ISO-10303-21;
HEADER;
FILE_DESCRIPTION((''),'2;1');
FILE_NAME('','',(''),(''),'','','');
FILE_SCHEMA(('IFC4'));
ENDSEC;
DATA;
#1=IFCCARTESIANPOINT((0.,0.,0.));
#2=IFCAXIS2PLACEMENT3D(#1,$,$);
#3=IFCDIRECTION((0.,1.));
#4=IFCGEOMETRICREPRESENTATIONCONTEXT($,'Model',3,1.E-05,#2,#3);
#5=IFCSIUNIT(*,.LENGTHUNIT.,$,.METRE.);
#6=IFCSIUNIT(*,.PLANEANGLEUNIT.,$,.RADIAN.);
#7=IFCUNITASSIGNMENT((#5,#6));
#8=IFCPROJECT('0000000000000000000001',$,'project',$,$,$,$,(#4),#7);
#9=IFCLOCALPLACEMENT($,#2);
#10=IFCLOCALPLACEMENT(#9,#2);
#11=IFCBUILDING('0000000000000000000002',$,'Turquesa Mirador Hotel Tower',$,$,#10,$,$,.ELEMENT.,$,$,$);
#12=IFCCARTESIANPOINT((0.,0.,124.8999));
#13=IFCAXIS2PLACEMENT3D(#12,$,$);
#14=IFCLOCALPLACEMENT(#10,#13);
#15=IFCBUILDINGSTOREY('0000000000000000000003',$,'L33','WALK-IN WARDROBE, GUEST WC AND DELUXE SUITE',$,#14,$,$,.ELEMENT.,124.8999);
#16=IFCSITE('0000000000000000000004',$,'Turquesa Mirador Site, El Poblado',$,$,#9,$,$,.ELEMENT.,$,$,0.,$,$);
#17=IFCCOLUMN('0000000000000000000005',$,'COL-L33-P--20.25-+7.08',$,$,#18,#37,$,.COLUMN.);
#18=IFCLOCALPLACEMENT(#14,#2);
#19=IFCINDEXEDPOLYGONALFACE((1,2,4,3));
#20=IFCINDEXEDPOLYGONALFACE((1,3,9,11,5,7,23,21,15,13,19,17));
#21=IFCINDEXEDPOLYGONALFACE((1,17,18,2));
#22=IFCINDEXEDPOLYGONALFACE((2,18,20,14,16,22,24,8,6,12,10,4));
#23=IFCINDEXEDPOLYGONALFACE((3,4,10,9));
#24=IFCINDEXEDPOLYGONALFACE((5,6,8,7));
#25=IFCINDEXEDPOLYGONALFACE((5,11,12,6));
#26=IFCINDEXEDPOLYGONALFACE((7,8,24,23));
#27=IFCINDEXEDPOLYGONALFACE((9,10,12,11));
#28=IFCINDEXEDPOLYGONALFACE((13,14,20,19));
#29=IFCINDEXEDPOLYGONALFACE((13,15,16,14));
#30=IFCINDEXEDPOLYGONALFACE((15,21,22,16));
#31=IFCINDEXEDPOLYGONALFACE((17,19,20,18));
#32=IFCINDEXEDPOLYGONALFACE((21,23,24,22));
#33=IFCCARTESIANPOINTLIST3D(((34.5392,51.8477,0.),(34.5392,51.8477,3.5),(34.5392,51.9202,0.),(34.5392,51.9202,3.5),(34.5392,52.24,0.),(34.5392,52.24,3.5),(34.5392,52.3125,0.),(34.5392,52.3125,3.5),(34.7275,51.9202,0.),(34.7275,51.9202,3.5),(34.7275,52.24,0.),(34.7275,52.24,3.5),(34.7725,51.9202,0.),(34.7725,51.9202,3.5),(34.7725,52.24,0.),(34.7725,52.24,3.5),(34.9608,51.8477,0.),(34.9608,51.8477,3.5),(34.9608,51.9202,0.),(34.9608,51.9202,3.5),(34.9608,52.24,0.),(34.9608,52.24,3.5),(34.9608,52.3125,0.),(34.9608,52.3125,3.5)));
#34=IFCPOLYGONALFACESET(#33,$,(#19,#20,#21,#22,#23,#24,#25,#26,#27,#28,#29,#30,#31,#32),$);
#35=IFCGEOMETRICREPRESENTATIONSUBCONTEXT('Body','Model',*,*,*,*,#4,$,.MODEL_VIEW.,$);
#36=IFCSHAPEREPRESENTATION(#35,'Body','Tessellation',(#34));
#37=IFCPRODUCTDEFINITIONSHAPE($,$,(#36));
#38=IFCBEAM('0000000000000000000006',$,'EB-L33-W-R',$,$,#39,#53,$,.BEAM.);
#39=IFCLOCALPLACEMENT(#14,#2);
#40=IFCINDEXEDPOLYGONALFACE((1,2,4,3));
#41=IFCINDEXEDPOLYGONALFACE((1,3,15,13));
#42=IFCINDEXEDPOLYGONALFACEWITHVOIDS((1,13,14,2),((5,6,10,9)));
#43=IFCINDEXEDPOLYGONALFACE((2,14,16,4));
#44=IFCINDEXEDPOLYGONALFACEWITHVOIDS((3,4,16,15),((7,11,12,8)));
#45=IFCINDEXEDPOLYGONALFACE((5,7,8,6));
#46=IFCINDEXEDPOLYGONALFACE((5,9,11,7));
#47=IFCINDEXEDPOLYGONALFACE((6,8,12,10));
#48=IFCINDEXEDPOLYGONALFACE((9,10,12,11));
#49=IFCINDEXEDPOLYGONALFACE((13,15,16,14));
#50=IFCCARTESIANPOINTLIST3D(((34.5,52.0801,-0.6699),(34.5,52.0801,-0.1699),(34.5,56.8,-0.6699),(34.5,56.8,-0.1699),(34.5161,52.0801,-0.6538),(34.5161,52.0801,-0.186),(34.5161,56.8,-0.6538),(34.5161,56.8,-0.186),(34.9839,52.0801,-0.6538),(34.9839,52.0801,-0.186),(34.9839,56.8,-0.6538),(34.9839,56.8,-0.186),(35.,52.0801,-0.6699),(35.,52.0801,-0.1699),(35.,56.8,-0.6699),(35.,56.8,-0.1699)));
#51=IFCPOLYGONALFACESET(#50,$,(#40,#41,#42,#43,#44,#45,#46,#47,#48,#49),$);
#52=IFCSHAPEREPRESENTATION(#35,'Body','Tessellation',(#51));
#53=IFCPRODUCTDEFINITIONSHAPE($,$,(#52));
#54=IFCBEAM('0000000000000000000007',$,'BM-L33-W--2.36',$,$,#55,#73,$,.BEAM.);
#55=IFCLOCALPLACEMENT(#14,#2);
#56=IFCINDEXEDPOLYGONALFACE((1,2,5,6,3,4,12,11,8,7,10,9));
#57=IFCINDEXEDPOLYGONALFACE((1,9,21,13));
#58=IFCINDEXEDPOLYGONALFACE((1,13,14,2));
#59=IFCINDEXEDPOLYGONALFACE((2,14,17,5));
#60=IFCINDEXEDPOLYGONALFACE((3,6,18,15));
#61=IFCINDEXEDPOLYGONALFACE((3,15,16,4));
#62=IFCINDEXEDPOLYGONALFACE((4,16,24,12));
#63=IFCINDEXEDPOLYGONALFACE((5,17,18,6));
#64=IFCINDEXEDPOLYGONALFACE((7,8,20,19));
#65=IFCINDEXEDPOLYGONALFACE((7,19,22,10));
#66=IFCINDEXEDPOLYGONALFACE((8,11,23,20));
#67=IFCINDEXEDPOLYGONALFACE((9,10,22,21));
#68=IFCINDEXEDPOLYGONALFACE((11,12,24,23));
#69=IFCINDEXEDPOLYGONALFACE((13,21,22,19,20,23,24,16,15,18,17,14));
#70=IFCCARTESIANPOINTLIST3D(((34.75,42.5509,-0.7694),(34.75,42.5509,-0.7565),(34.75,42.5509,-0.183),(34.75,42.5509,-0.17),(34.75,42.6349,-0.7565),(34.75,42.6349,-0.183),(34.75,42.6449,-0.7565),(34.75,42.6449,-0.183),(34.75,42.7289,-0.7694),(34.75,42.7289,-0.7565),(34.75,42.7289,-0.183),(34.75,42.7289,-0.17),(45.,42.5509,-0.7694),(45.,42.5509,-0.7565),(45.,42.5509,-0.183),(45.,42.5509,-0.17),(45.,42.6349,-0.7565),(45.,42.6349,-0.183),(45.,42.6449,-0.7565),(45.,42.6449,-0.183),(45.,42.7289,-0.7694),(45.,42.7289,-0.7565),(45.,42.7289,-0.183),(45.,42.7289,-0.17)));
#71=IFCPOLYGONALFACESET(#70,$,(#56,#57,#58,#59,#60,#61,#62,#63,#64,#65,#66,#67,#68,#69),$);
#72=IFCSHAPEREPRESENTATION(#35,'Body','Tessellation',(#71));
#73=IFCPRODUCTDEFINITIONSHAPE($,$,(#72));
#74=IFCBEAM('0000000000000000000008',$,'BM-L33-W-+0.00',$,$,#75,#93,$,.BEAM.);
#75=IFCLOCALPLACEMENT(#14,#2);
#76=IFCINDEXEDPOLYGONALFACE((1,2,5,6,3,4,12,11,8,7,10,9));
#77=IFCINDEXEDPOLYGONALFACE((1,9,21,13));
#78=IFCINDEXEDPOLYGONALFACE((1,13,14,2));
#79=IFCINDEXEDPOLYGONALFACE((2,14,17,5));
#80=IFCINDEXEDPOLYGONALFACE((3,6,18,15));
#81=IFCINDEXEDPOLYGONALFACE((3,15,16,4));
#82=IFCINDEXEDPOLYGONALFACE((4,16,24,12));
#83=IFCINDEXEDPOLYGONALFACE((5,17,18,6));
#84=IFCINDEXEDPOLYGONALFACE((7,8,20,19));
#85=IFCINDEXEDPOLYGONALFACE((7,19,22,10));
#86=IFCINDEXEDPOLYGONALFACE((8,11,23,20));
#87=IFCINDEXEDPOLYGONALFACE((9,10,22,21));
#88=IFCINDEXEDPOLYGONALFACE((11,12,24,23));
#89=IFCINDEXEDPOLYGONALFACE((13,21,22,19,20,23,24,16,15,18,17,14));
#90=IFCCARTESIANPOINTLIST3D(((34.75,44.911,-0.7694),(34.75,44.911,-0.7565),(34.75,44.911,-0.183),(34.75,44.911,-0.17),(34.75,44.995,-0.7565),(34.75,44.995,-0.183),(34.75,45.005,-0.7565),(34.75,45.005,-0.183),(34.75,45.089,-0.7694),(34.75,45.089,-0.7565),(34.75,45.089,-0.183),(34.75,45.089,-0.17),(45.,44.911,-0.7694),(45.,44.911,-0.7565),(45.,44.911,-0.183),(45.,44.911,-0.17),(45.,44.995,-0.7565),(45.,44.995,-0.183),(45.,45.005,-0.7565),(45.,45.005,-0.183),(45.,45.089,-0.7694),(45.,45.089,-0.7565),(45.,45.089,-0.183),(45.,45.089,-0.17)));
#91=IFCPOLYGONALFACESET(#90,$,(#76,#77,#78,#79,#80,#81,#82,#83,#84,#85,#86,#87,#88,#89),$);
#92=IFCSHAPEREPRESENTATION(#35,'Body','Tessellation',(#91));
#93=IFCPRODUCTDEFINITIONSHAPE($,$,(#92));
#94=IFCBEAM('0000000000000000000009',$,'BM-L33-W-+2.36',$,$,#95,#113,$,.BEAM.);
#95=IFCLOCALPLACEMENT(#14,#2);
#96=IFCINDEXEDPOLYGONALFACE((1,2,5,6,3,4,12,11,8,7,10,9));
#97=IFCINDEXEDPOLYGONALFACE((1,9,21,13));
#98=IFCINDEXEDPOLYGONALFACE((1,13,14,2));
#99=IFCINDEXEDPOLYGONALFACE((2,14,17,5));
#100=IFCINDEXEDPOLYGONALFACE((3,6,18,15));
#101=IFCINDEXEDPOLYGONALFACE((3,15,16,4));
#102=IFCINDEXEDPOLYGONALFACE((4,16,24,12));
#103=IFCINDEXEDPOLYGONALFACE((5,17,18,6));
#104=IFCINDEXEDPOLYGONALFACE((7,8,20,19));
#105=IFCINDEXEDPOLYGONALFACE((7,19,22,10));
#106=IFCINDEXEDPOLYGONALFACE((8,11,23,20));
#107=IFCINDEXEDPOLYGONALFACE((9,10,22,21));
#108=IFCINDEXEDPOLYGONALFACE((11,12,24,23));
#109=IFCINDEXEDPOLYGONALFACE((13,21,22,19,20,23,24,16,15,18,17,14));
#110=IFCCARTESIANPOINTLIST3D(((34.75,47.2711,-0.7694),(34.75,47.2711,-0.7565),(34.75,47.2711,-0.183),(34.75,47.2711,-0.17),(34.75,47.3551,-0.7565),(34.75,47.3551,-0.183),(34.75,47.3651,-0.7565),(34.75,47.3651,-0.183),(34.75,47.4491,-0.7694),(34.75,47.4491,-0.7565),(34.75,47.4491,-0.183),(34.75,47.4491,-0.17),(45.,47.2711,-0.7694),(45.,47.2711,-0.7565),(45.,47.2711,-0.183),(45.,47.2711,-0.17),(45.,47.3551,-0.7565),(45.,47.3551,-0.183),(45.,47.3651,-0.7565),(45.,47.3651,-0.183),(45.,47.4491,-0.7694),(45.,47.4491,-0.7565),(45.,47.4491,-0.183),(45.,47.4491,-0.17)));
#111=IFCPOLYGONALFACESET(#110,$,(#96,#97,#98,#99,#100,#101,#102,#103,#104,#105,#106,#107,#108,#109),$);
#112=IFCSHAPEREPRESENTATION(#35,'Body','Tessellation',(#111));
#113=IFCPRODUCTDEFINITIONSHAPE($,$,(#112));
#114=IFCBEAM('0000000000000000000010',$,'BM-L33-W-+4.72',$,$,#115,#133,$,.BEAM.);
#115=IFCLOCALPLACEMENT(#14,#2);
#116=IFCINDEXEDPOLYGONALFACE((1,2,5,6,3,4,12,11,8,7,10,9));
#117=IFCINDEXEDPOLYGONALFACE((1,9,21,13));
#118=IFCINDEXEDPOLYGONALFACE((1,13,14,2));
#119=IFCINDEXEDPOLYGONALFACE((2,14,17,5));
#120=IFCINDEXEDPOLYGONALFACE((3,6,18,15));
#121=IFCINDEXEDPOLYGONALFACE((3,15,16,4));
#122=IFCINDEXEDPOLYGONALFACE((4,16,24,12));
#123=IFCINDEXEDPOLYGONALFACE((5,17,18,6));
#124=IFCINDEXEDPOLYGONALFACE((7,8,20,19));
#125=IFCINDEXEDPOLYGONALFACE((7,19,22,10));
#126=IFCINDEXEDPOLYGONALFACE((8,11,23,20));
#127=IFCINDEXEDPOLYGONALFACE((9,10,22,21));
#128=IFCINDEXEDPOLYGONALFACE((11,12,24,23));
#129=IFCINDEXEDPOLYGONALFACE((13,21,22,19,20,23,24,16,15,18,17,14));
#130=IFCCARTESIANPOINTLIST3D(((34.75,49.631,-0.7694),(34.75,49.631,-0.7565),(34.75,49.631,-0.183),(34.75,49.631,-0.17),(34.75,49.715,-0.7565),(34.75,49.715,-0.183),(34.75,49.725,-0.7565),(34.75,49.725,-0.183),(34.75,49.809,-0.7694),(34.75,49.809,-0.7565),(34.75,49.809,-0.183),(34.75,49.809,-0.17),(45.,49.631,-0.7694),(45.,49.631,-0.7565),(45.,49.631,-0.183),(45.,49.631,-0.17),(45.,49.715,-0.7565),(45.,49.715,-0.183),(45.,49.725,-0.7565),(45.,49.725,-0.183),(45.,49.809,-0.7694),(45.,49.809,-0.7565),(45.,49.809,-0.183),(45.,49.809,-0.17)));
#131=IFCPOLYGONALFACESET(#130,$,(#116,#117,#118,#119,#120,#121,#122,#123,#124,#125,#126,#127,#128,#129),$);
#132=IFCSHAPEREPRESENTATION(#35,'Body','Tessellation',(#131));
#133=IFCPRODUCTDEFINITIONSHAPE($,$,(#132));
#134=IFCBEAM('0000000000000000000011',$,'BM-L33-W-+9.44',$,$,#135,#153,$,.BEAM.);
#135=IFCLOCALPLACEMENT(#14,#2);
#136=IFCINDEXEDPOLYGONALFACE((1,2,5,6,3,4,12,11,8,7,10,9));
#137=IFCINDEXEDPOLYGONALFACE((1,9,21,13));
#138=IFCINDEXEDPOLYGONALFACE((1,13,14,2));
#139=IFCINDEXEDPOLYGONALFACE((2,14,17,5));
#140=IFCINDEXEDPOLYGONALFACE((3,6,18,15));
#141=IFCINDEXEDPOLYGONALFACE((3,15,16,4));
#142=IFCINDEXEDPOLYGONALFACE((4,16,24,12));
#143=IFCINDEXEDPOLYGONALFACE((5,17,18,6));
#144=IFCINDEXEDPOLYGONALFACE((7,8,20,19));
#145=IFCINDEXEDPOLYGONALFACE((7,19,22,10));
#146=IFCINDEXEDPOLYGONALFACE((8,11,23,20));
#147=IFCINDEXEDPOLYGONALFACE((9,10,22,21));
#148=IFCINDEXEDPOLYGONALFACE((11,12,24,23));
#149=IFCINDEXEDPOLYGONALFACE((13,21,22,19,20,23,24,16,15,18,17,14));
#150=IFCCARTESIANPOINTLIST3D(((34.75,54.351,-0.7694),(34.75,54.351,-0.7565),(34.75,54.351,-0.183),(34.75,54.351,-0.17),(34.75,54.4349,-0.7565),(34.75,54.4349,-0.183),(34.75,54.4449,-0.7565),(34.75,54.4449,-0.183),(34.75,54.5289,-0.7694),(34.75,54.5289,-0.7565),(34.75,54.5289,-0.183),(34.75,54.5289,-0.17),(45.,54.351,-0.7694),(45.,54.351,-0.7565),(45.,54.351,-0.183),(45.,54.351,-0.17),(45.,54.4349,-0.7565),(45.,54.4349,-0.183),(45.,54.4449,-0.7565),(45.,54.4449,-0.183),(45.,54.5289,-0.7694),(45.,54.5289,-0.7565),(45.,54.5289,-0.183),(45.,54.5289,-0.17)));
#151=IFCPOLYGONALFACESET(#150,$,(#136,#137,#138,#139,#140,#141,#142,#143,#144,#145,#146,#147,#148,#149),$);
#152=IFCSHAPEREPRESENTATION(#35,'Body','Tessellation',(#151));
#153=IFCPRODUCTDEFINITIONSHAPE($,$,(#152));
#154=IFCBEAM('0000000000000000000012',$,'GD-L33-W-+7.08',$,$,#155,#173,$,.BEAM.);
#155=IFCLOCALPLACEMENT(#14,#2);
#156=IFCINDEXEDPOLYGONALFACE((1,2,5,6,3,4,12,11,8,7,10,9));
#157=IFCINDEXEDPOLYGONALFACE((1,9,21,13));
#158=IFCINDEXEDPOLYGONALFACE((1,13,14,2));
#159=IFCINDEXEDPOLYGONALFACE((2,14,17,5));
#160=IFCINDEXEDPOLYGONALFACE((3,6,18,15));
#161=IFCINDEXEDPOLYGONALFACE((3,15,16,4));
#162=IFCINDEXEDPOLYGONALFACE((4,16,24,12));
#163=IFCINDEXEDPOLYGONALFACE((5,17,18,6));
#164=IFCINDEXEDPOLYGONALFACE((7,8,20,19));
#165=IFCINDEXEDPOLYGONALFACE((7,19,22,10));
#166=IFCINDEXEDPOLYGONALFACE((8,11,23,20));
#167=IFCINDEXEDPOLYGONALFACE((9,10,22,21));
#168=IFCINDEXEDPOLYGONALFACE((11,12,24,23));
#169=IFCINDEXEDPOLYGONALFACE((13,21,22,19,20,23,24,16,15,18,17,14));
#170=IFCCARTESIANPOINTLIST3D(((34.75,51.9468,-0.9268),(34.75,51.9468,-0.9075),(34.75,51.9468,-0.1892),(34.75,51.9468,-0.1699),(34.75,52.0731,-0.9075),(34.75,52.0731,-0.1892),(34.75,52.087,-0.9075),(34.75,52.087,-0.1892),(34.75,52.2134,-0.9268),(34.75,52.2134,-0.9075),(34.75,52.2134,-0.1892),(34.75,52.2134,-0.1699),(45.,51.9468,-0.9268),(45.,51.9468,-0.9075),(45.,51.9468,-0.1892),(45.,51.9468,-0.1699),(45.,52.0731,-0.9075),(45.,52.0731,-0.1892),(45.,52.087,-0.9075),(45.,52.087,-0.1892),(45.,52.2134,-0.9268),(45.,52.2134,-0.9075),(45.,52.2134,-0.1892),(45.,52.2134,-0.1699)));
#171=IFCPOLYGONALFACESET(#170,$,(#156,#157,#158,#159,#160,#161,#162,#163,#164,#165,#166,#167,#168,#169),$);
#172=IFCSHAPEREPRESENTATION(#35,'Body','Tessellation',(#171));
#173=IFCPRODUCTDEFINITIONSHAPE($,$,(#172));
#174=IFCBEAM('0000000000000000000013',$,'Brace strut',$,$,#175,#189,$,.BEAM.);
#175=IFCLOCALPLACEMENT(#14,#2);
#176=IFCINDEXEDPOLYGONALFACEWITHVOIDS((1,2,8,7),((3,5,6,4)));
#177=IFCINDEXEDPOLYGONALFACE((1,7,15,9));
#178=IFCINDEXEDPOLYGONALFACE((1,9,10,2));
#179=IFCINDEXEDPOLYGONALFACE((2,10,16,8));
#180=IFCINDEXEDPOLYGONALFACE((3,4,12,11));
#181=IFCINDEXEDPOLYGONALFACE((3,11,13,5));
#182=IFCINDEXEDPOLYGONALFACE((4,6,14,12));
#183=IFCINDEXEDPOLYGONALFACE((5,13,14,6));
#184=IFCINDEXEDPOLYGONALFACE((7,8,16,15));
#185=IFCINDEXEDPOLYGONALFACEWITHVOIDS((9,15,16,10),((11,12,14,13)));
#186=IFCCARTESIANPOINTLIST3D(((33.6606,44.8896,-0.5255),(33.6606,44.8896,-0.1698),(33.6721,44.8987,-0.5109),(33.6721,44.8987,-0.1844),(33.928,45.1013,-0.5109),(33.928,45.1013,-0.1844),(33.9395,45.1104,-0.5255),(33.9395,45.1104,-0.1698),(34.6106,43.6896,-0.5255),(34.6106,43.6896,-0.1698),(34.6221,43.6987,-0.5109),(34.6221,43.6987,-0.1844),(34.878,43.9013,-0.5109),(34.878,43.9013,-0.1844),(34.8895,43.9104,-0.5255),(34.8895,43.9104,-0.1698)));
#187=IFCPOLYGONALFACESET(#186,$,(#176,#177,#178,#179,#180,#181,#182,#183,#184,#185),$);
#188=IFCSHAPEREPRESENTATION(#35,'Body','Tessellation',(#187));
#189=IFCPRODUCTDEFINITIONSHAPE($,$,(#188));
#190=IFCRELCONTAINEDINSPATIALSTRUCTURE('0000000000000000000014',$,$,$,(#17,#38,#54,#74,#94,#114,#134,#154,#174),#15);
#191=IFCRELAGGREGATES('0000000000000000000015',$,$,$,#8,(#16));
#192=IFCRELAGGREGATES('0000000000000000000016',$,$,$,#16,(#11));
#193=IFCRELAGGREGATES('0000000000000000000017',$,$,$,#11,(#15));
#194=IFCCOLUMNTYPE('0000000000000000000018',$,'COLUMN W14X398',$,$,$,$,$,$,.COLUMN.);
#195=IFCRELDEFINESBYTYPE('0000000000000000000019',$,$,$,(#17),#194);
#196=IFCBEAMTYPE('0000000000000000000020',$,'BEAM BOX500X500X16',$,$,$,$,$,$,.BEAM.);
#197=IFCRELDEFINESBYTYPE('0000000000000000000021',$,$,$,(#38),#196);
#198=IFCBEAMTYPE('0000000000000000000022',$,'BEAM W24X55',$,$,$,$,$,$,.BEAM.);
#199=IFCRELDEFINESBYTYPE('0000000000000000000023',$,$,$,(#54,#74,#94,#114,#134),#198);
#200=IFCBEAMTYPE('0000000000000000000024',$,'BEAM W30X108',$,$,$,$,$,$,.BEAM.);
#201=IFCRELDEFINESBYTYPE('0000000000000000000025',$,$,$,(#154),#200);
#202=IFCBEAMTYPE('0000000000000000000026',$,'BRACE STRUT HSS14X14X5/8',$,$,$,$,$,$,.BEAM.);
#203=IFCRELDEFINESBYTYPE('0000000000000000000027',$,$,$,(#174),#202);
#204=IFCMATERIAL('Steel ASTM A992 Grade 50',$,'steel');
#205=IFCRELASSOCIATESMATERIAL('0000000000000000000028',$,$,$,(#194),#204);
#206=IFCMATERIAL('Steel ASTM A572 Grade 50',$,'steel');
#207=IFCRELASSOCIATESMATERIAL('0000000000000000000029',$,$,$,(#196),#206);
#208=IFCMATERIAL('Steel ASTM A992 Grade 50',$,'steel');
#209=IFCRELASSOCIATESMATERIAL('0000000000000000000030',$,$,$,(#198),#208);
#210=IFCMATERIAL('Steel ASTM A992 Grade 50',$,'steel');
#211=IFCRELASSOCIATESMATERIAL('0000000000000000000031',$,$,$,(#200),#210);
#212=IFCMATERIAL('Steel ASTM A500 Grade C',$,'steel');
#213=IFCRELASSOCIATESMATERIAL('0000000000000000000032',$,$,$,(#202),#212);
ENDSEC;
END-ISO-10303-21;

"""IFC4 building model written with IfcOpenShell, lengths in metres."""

from ifc_helpers import new_model, si_unit, direction, frame, origin, origin_2d, place, context, subcontext, project, spatial, hollow_rectangle, i_section, extrude, material, material_profile, profile_set, type_object, element, save


model = new_model("IFC4")

# Units and contexts
model_context = context("Model", 3, precision=1e-05, world=origin(), true_north=direction((0.0, 1.0)))
body_context = subcontext(model_context, "Body", "Model", "MODEL_VIEW")
ifc_project = project(units=[si_unit("LENGTHUNIT", "METRE"), si_unit("PLANEANGLEUNIT", "RADIAN")], contexts=[model_context])

# Site, building, storey
site_placement = place(None, origin())
site = spatial("IfcSite", under=ifc_project, at=site_placement, Name="Turquesa Mirador Site, El Poblado", CompositionType="ELEMENT", RefElevation=0.0)
building_placement = place(site_placement, origin())
building = spatial("IfcBuilding", under=site, at=building_placement, Name="Turquesa Mirador Hotel Tower", CompositionType="ELEMENT")
storey_placement = place(building_placement, frame((0.0, 0.0, 124.8999)))
storey = spatial("IfcBuildingStorey", under=building, at=storey_placement, Name="L33", Description="WALK-IN WARDROBE, GUEST WC AND DELUXE SUITE", CompositionType="ELEMENT", Elevation=124.8999)

# Column
ifc_material_1 = material(Name="Steel ASTM A992 Grade 50", Category="steel")
ifc_material_profile_1 = material_profile(ifc_material_1, i_section(OverallWidth=0.4216, OverallDepth=0.4648, WebThickness=0.0449, FlangeThickness=0.0725, at=origin_2d()), Name="W14X398")
ifc_profile_set_1 = profile_set([ifc_material_profile_1], Name="Steel ASTM A992 Grade 50")
column_type = type_object("IfcColumnType", Name="COLUMN W14X398", PredefinedType="COLUMN", material=ifc_profile_set_1)
column_placement = place(storey_placement, frame((34.75, 52.0801, 0.0), z_axis=(0.0, 0.0, 1.0), x_axis=(1.0, 0.0, 0.0)))
element("IfcColumn", 1, at=column_placement, inside=storey, type_object=column_type, Name="COL-L33-P--20.25-+7.08", PredefinedType="COLUMN", context=body_context, shape_type="SweptSolid", body=[
    extrude(i_section(OverallWidth=0.4216, OverallDepth=0.4648, WebThickness=0.0449, FlangeThickness=0.0725, at=origin_2d()), origin(), (0.0, 0.0, 1.0), 3.5),
])

# Beams
ifc_material_2 = material(Name="Steel ASTM A572 Grade 50", Category="steel")
ifc_material_profile_2 = material_profile(ifc_material_2, hollow_rectangle(XDim=0.5, YDim=0.5, WallThickness=0.0161, at=origin_2d()), Name="BOX500X500X16")
ifc_profile_set_2 = profile_set([ifc_material_profile_2], Name="Steel ASTM A572 Grade 50")
beam_type_1 = type_object("IfcBeamType", Name="BEAM BOX500X500X16", PredefinedType="BEAM", material=ifc_profile_set_2)
beam_1_placement = place(storey_placement, frame((34.75, 52.0801, -0.4199), z_axis=(0.0, 1.0, 0.0), x_axis=(-1.0, 0.0, 0.0)))
element("IfcBeam", 2, at=beam_1_placement, inside=storey, type_object=beam_type_1, Name="EB-L33-W-R", PredefinedType="BEAM", context=body_context, shape_type="SweptSolid", body=[
    extrude(hollow_rectangle(XDim=0.5, YDim=0.5, WallThickness=0.0161, at=origin_2d()), origin(), (0.0, 0.0, 1.0), 4.72),
])
ifc_material_3 = material(Name="Steel ASTM A992 Grade 50", Category="steel")
ifc_material_profile_3 = material_profile(ifc_material_3, i_section(OverallWidth=0.178, OverallDepth=0.5994, WebThickness=0.01, FlangeThickness=0.0129, at=origin_2d()), Name="W24X55")
ifc_profile_set_3 = profile_set([ifc_material_profile_3], Name="Steel ASTM A992 Grade 50")
beam_type_2 = type_object("IfcBeamType", Name="BEAM W24X55", PredefinedType="BEAM", material=ifc_profile_set_3)
for number, where, z_axis, x_axis, name in (
    (3, (34.75, 42.6399, -0.4697), (1.0, 0.0, 0.0), (0.0, 1.0, 0.0), "BM-L33-W--2.36"),
    (4, (34.75, 45.0, -0.4697), (1.0, 0.0, 0.0), (0.0, 1.0, 0.0), "BM-L33-W-+0.00"),
    (5, (34.75, 47.3601, -0.4697), (1.0, 0.0, 0.0), (0.0, 1.0, 0.0), "BM-L33-W-+2.36"),
    (6, (34.75, 49.72, -0.4697), (1.0, 0.0, 0.0), (0.0, 1.0, 0.0), "BM-L33-W-+4.72"),
    (7, (34.75, 54.4399, -0.4697), (1.0, 0.0, 0.0), (0.0, 1.0, 0.0), "BM-L33-W-+9.44"),
):
    element("IfcBeam", number, at=place(storey_placement, frame(where, z_axis=z_axis, x_axis=x_axis)), inside=storey, type_object=beam_type_2, Name=name, PredefinedType="BEAM", context=body_context, shape_type="SweptSolid", body=[
        extrude(i_section(OverallWidth=0.178, OverallDepth=0.5994, WebThickness=0.01, FlangeThickness=0.0129, at=origin_2d()), origin(), (0.0, 0.0, 1.0), 10.25),
    ])
ifc_material_4 = material(Name="Steel ASTM A992 Grade 50", Category="steel")
ifc_material_profile_4 = material_profile(ifc_material_4, i_section(OverallWidth=0.2666, OverallDepth=0.7568, WebThickness=0.0139, FlangeThickness=0.0193, at=origin_2d()), Name="W30X108")
ifc_profile_set_4 = profile_set([ifc_material_profile_4], Name="Steel ASTM A992 Grade 50")
beam_type_3 = type_object("IfcBeamType", Name="BEAM W30X108", PredefinedType="BEAM", material=ifc_profile_set_4)
beam_2_placement = place(storey_placement, frame((34.75, 52.0801, -0.5483), z_axis=(1.0, 0.0, 0.0), x_axis=(0.0, 1.0, 0.0)))
element("IfcBeam", 8, at=beam_2_placement, inside=storey, type_object=beam_type_3, Name="GD-L33-W-+7.08", PredefinedType="BEAM", context=body_context, shape_type="SweptSolid", body=[
    extrude(i_section(OverallWidth=0.2666, OverallDepth=0.7568, WebThickness=0.0139, FlangeThickness=0.0193, at=origin_2d()), origin(), (0.0, 0.0, 1.0), 10.25),
])
ifc_material_5 = material(Name="Steel ASTM A500 Grade C", Category="steel")
ifc_material_profile_5 = material_profile(ifc_material_5, hollow_rectangle(XDim=0.3557, YDim=0.3557, WallThickness=0.0146, at=origin_2d()), Name="HSS14X14X5/8")
ifc_profile_set_5 = profile_set([ifc_material_profile_5], Name="Steel ASTM A500 Grade C")
beam_type_4 = type_object("IfcBeamType", Name="BRACE STRUT HSS14X14X5/8", PredefinedType="BEAM", material=ifc_profile_set_5)
for number, where, z_axis, x_axis, name in (
    (9, (33.8, 45.0, -0.3477), (0.620699, -0.784049, 0.0), (0.784049, 0.620699, 0.0), "Brace strut"),
):
    element("IfcBeam", number, at=place(storey_placement, frame(where, z_axis=z_axis, x_axis=x_axis)), inside=storey, type_object=beam_type_4, Name=name, PredefinedType="BEAM", context=body_context, shape_type="SweptSolid", body=[
        extrude(hollow_rectangle(XDim=0.3557, YDim=0.3557, WallThickness=0.0146, at=origin_2d()), origin(), (0.0, 0.0, 1.0), 1.5305),
    ])

save(model, "model.ifc")
